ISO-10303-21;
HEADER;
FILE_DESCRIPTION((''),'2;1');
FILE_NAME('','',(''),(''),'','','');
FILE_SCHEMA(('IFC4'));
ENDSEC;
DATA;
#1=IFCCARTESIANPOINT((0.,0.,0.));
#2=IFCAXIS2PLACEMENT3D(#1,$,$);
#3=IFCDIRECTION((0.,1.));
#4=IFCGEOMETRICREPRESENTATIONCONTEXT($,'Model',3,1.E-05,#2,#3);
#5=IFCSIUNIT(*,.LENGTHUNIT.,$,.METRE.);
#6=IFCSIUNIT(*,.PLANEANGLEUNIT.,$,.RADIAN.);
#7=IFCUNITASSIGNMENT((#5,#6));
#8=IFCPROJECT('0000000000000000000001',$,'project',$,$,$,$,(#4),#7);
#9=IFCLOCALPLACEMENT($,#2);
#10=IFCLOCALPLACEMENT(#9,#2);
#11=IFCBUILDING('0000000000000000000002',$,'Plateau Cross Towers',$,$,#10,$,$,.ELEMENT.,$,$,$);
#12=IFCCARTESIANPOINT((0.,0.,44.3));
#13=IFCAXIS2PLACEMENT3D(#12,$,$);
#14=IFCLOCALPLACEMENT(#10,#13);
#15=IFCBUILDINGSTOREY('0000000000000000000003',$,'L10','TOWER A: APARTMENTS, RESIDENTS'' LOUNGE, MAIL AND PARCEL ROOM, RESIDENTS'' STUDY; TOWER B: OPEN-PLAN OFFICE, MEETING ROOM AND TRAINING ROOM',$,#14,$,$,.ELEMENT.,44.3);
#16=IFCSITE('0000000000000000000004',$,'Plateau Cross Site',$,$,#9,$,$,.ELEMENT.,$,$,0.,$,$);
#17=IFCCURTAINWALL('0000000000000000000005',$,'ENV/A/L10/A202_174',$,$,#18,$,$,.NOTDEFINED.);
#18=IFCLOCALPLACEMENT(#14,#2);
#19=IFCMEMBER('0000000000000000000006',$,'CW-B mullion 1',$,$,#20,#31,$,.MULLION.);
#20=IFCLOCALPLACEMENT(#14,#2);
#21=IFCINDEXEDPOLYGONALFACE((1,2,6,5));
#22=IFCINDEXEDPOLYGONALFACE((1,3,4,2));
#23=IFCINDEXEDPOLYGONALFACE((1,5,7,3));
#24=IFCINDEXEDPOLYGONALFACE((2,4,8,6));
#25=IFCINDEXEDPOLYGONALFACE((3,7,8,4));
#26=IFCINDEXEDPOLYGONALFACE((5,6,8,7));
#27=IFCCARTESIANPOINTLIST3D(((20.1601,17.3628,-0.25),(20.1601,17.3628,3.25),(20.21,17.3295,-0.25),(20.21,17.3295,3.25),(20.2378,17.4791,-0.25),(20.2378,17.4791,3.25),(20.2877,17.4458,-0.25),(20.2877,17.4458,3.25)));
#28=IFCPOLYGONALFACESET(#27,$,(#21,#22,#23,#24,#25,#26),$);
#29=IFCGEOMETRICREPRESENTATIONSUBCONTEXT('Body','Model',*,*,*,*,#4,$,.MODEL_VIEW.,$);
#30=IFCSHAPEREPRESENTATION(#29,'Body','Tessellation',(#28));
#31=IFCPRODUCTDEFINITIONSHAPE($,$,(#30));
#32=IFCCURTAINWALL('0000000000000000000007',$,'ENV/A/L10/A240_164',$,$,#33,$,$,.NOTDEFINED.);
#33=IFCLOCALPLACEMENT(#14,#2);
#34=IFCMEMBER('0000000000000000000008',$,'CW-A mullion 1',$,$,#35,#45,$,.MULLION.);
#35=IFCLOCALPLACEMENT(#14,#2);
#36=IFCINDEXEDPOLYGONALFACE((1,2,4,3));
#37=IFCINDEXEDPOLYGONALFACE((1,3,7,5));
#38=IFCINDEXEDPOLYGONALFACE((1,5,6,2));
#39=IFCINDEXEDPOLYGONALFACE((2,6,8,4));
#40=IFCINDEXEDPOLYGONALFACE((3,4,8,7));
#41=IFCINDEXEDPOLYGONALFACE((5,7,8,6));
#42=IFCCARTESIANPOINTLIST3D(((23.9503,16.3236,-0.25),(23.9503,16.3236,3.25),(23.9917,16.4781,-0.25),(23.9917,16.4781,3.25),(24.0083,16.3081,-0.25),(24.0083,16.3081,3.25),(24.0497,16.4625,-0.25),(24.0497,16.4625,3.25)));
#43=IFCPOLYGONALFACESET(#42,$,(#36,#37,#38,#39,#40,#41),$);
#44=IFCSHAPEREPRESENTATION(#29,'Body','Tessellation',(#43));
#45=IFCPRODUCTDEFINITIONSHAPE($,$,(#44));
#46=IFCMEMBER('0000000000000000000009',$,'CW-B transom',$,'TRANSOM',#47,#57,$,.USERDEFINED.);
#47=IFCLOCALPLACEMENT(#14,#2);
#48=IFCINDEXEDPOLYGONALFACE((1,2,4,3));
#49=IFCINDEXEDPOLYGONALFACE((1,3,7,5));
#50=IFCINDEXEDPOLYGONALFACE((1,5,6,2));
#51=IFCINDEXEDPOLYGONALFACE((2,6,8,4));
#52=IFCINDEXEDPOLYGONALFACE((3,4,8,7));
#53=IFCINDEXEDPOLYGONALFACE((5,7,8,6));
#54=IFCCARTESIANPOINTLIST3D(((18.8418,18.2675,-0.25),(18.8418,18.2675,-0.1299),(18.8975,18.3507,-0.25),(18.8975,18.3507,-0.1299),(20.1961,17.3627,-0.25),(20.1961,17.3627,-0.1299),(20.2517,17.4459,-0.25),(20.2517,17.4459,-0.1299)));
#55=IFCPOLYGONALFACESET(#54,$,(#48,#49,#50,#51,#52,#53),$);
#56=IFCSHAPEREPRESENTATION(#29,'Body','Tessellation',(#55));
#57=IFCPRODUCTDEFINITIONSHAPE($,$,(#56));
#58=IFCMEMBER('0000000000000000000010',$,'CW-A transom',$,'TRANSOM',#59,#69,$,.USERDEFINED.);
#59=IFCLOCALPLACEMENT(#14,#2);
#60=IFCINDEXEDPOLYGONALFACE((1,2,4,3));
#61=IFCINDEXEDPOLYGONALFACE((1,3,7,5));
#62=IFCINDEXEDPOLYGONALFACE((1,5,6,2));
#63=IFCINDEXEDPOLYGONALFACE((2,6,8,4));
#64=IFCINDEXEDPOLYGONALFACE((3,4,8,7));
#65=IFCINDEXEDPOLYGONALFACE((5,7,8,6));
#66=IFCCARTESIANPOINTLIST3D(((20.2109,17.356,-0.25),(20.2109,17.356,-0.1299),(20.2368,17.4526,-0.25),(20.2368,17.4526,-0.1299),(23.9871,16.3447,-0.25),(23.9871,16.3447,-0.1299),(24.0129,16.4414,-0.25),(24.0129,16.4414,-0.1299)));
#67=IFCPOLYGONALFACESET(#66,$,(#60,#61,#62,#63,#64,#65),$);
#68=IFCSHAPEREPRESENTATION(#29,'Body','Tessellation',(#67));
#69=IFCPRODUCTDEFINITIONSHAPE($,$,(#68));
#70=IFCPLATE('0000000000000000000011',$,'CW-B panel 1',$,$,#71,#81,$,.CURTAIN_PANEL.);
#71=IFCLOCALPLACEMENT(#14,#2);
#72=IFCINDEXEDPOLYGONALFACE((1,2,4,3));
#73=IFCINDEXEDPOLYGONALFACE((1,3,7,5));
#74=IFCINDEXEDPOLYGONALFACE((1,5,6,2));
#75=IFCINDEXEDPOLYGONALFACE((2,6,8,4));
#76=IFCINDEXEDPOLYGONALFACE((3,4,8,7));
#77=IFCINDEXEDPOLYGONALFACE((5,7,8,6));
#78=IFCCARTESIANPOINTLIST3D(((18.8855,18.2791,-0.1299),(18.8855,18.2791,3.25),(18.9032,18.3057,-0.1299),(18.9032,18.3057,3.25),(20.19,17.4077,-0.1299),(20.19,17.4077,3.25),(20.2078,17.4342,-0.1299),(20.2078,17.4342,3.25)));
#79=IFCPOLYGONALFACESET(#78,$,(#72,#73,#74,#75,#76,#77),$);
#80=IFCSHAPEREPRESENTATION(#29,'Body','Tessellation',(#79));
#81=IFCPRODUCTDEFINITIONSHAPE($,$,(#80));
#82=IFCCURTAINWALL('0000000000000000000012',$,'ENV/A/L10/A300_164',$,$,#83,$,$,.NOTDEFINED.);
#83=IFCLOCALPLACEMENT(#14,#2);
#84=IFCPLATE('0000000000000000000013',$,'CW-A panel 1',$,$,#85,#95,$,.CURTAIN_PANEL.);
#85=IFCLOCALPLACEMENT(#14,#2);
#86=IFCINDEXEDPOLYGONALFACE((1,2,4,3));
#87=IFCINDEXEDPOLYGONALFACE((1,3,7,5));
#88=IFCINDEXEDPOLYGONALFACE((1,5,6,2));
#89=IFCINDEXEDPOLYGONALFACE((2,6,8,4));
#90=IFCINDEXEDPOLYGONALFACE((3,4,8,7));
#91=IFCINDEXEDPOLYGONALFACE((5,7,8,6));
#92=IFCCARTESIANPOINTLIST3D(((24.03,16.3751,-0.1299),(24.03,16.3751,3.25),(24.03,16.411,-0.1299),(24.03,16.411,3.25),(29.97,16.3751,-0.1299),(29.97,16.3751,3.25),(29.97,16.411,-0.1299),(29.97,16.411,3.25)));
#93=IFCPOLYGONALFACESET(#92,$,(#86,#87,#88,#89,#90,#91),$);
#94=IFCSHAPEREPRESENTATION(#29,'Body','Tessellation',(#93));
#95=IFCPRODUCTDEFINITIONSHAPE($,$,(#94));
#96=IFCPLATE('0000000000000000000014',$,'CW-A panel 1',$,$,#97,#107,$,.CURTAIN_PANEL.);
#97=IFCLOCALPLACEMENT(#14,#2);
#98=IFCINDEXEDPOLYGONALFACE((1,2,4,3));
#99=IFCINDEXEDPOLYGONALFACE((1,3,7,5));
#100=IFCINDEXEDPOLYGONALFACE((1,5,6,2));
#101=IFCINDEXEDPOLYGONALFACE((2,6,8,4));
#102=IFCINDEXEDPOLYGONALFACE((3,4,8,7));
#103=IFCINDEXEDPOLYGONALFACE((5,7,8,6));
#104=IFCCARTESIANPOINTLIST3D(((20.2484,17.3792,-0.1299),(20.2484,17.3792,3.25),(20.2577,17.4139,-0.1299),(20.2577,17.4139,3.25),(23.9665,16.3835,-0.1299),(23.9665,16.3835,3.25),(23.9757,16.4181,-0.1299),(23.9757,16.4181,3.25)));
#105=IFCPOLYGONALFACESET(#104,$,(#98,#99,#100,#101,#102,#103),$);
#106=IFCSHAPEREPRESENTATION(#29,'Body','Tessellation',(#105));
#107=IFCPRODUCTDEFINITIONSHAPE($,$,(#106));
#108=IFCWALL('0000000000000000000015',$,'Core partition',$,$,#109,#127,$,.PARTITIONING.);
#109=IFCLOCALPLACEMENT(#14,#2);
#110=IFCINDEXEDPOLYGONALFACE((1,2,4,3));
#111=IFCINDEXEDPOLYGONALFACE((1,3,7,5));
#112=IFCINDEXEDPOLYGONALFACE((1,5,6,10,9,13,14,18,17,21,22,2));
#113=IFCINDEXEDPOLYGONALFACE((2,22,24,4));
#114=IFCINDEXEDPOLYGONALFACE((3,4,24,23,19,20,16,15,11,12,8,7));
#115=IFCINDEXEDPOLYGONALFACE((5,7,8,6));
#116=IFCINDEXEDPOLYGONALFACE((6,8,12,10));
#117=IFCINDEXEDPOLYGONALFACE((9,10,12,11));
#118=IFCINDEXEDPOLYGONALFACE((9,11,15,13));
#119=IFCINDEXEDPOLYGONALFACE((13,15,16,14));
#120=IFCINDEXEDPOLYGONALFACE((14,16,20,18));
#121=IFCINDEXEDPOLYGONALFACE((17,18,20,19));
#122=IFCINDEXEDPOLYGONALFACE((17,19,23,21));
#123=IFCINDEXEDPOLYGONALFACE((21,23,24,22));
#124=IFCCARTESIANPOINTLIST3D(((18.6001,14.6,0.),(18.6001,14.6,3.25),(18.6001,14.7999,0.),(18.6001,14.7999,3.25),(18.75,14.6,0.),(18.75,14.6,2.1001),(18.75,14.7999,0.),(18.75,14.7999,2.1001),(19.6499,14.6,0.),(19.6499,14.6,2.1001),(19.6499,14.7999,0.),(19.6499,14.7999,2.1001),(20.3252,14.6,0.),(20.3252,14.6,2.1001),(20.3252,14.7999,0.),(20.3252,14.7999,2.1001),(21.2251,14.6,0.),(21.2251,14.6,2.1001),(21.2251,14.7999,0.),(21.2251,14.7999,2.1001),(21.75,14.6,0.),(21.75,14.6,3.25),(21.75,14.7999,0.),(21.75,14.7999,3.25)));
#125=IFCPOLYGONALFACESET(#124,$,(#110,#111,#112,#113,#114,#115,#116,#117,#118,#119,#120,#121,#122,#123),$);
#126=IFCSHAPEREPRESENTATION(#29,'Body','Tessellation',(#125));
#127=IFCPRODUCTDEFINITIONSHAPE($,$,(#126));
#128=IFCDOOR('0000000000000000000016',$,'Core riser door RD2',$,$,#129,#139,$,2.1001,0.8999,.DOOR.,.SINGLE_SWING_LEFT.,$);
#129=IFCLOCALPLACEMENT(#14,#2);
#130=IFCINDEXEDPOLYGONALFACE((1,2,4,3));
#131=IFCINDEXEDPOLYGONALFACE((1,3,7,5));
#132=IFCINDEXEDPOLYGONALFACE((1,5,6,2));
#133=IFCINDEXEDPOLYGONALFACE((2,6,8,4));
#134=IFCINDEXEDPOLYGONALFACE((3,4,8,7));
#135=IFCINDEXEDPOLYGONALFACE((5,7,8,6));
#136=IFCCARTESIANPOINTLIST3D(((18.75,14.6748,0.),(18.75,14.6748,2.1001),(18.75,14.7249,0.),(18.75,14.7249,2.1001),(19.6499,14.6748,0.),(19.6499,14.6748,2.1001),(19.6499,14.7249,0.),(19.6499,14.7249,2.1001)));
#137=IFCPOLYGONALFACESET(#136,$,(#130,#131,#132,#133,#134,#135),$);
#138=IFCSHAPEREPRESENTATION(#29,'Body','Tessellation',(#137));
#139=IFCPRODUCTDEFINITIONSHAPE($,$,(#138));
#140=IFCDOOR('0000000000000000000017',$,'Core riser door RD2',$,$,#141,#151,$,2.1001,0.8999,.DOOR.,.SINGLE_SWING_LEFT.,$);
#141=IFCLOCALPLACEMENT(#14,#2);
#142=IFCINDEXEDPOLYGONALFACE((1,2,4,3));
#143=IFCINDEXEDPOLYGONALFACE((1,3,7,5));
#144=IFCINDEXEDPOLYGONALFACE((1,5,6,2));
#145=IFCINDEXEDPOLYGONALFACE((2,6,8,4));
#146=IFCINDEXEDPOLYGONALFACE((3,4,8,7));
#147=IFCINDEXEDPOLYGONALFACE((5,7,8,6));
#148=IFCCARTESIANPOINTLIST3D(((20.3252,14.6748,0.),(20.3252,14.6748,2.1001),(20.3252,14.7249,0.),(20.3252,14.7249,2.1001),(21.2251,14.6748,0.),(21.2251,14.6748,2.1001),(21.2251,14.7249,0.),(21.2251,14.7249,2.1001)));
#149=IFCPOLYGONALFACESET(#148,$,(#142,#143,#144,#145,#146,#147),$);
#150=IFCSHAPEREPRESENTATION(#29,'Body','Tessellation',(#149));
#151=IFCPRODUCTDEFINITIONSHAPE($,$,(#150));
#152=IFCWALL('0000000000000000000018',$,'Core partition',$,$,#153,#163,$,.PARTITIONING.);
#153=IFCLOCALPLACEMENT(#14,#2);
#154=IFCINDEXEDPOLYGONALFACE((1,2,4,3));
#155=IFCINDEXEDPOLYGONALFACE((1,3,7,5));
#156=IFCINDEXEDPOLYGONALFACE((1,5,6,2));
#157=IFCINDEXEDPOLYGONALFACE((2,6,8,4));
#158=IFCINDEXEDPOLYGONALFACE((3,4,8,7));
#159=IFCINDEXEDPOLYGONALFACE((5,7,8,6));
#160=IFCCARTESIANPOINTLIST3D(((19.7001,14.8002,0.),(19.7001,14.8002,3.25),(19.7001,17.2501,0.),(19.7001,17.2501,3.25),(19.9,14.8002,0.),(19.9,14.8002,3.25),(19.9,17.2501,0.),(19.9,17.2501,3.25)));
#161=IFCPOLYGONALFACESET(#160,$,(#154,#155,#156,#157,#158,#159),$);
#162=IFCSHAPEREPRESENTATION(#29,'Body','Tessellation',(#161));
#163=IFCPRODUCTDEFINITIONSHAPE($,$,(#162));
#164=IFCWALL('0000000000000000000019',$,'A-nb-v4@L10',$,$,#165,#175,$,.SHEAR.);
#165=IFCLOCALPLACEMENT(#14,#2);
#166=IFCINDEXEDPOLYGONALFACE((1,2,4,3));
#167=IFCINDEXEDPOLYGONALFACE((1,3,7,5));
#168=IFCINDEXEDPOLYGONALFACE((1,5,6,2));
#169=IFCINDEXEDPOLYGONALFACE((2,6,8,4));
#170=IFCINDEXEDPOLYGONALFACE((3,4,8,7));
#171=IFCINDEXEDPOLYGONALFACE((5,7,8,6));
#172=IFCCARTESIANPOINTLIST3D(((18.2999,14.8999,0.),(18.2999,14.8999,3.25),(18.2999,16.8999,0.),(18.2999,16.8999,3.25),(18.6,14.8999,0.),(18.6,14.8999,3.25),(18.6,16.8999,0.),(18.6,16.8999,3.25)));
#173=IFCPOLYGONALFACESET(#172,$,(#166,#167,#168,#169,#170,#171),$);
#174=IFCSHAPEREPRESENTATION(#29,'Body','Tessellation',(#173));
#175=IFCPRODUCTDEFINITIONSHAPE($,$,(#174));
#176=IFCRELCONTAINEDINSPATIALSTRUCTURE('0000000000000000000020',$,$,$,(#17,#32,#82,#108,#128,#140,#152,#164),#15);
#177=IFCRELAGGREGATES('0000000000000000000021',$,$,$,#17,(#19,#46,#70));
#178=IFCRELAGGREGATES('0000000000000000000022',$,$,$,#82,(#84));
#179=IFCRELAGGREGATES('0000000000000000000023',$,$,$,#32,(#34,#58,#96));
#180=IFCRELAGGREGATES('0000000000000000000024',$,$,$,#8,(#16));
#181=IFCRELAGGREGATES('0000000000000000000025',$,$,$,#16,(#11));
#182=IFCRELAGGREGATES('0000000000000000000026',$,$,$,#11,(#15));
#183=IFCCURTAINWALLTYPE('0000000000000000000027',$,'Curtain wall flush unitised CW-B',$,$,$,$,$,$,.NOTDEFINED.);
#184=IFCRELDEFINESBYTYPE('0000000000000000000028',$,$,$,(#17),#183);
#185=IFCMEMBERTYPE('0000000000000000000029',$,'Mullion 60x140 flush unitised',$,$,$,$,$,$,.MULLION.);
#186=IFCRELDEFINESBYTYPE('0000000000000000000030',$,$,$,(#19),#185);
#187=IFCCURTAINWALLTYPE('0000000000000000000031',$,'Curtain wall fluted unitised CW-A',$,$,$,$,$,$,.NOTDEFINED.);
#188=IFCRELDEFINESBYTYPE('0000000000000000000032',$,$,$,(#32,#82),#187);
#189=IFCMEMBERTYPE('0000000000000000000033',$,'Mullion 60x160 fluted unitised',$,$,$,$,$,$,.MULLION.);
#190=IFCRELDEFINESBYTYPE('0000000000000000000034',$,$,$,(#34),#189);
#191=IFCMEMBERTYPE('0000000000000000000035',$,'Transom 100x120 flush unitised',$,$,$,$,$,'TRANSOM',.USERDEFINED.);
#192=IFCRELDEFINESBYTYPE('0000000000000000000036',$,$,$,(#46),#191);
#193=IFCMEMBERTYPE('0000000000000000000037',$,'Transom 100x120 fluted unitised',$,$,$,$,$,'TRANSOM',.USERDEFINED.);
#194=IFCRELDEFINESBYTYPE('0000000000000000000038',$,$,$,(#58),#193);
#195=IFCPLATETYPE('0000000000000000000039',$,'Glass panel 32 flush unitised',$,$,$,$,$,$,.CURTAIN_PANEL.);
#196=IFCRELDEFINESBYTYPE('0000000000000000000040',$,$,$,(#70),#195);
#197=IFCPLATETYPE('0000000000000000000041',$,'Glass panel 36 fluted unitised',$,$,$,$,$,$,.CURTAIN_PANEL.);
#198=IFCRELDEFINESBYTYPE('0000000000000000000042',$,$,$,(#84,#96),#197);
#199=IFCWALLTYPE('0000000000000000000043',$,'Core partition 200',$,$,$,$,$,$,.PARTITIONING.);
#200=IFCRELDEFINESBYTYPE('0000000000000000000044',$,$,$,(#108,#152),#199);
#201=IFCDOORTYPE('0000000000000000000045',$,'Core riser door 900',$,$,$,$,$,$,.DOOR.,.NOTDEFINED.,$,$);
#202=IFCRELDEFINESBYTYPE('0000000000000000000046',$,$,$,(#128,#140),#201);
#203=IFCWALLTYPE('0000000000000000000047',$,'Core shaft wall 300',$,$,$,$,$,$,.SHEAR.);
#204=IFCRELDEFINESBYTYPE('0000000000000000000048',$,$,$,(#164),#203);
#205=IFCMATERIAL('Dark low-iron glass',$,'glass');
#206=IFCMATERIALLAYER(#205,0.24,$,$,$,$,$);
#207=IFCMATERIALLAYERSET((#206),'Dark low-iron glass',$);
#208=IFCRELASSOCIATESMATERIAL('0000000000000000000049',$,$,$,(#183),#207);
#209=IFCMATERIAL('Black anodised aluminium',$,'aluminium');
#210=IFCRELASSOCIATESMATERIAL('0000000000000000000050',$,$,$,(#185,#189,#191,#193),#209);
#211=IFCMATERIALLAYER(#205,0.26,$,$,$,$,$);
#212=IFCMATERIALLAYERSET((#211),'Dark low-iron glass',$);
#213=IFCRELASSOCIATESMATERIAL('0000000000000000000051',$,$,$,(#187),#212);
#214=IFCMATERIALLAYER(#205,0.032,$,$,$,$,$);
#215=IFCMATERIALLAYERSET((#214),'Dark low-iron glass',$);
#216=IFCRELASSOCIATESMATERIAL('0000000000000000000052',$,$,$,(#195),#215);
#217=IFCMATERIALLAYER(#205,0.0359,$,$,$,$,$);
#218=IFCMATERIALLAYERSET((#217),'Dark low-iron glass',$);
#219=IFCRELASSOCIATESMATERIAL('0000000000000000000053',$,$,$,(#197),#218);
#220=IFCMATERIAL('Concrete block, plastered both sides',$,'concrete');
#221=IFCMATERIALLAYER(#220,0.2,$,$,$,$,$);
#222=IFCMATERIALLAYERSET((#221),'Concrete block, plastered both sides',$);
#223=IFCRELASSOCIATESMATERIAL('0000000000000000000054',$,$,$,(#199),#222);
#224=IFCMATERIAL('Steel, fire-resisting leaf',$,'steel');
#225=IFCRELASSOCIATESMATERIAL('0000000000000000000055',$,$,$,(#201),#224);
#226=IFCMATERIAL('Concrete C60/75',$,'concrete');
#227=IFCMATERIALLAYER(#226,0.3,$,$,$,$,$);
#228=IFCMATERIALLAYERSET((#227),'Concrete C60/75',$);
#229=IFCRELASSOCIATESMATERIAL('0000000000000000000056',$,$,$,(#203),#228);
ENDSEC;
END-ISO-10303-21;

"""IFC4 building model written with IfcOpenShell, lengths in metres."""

from ifc_helpers import new_model, si_unit, direction, frame, frame_2d, origin, origin_2d, place, context, subcontext, project, spatial, rectangle, extrude, material, layer, layer_set, material_profile, profile_set, type_object, element, fill, aggregate, save


model = new_model("IFC4")

# Units and contexts
model_context = context("Model", 3, precision=1e-05, world=origin(), true_north=direction((0.0, 1.0)))
body_context = subcontext(model_context, "Body", "Model", "MODEL_VIEW")
ifc_project = project(units=[si_unit("LENGTHUNIT", "METRE"), si_unit("PLANEANGLEUNIT", "RADIAN")], contexts=[model_context])

# Site, building, storey
site_placement = place(None, origin())
site = spatial("IfcSite", under=ifc_project, at=site_placement, Name="Plateau Cross Site", CompositionType="ELEMENT", RefElevation=0.0)
building_placement = place(site_placement, origin())
building = spatial("IfcBuilding", under=site, at=building_placement, Name="Plateau Cross Towers", CompositionType="ELEMENT")
storey_placement = place(building_placement, frame((0.0, 0.0, 44.3)))
storey = spatial("IfcBuildingStorey", under=building, at=storey_placement, Name="L10", Description="TOWER A: APARTMENTS, RESIDENTS' LOUNGE, MAIL AND PARCEL ROOM, RESIDENTS' STUDY; TOWER B: OPEN-PLAN OFFICE, MEETING ROOM AND TRAINING ROOM", CompositionType="ELEMENT", Elevation=44.3)

# Curtain walls, members
ifc_material_1 = material(Name="Dark low-iron glass", Category="glass")
ifc_layer_1 = layer(ifc_material_1, 0.24)
ifc_layer_set_1 = layer_set([ifc_layer_1], Name="Dark low-iron glass")
curtain_wall_type_1 = type_object("IfcCurtainWallType", Name="Curtain wall flush unitised CW-B", PredefinedType="NOTDEFINED", material=ifc_layer_set_1)
curtain_wall_1_placement = place(storey_placement, origin())
curtain_wall_1 = element("IfcCurtainWall", 1, at=curtain_wall_1_placement, inside=storey, type_object=curtain_wall_type_1, Name="ENV/A/L10/A202_174", PredefinedType="NOTDEFINED")
ifc_material_2 = material(Name="Black anodised aluminium", Category="aluminium")
ifc_material_profile_1 = material_profile(ifc_material_2, rectangle(XDim=0.0601, YDim=0.1399, at=origin_2d()), Name="MULLION 60x140")
ifc_profile_set_1 = profile_set([ifc_material_profile_1], Name="Black anodised aluminium")
member_type_1 = type_object("IfcMemberType", Name="Mullion 60x140 flush unitised", PredefinedType="MULLION", material=ifc_profile_set_1)
member_1_placement = place(storey_placement, frame((20.2239, 17.4043, -0.25), z_axis=(0.0, 0.0, 1.0), x_axis=(-0.831521, 0.555493, 0.0)))
member_1 = element("IfcMember", 2, at=member_1_placement, type_object=member_type_1, Name="CW-B mullion 1", PredefinedType="MULLION", context=body_context, shape_type="SweptSolid", body=[
    extrude(rectangle(XDim=0.0601, YDim=0.1399, at=origin_2d()), origin(), (0.0, 0.0, 1.0), 3.5),
])
ifc_layer_2 = layer(ifc_material_1, 0.26)
ifc_layer_set_2 = layer_set([ifc_layer_2], Name="Dark low-iron glass")
curtain_wall_type_2 = type_object("IfcCurtainWallType", Name="Curtain wall fluted unitised CW-A", PredefinedType="NOTDEFINED", material=ifc_layer_set_2)
curtain_wall_2_placement = place(storey_placement, origin())
curtain_wall_2 = element("IfcCurtainWall", 3, at=curtain_wall_2_placement, inside=storey, type_object=curtain_wall_type_2, Name="ENV/A/L10/A240_164", PredefinedType="NOTDEFINED")
ifc_material_profile_2 = material_profile(ifc_material_2, rectangle(XDim=0.0601, YDim=0.1599, at=origin_2d()), Name="MULLION 60x160")
ifc_profile_set_2 = profile_set([ifc_material_profile_2], Name="Black anodised aluminium")
member_type_2 = type_object("IfcMemberType", Name="Mullion 60x160 fluted unitised", PredefinedType="MULLION", material=ifc_profile_set_2)
member_2_placement = place(storey_placement, frame((24.0, 16.3931, -0.25), z_axis=(0.0, 0.0, 1.0), x_axis=(-0.965958, 0.258699, 0.0)))
member_2 = element("IfcMember", 4, at=member_2_placement, type_object=member_type_2, Name="CW-A mullion 1", PredefinedType="MULLION", context=body_context, shape_type="SweptSolid", body=[
    extrude(rectangle(XDim=0.0601, YDim=0.1599, at=origin_2d()), origin(), (0.0, 0.0, 1.0), 3.5),
])

# Members
ifc_material_profile_3 = material_profile(ifc_material_2, rectangle(XDim=0.1001, YDim=0.1201, at=origin_2d()), Name="TRANSOM 100x120")
ifc_profile_set_3 = profile_set([ifc_material_profile_3], Name="Black anodised aluminium")
member_type_3 = type_object("IfcMemberType", Name="Transom 100x120 flush unitised", ElementType="TRANSOM", PredefinedType="USERDEFINED", material=ifc_profile_set_3)
member_3_placement = place(storey_placement, frame((20.2239, 17.4043, -0.1899), z_axis=(-0.831496, 0.55553, 0.0), x_axis=(-0.55553, -0.831496, 0.0)))
member_3 = element("IfcMember", 5, at=member_3_placement, type_object=member_type_3, Name="CW-B transom", ObjectType="TRANSOM", PredefinedType="USERDEFINED", context=body_context, shape_type="SweptSolid", body=[
    extrude(rectangle(XDim=0.1001, YDim=0.1201, at=origin_2d()), origin(), (0.0, 0.0, 1.0), 1.6287),
])
ifc_material_profile_4 = material_profile(ifc_material_2, rectangle(XDim=0.1001, YDim=0.1201, at=origin_2d()), Name="TRANSOM 100x120")
ifc_profile_set_4 = profile_set([ifc_material_profile_4], Name="Black anodised aluminium")
member_type_4 = type_object("IfcMemberType", Name="Transom 100x120 fluted unitised", ElementType="TRANSOM", PredefinedType="USERDEFINED", material=ifc_profile_set_4)
member_4_placement = place(storey_placement, frame((24.0, 16.3931, -0.1899), z_axis=(-0.965963, 0.258681, 0.0), x_axis=(-0.258681, -0.965963, 0.0)))
member_4 = element("IfcMember", 6, at=member_4_placement, type_object=member_type_4, Name="CW-A transom", ObjectType="TRANSOM", PredefinedType="USERDEFINED", context=body_context, shape_type="SweptSolid", body=[
    extrude(rectangle(XDim=0.1001, YDim=0.1201, at=origin_2d()), origin(), (0.0, 0.0, 1.0), 3.9092),
])

# Plate
ifc_layer_3 = layer(ifc_material_1, 0.032)
ifc_layer_set_3 = layer_set([ifc_layer_3], Name="Dark low-iron glass")
plate_type_1 = type_object("IfcPlateType", Name="Glass panel 32 flush unitised", PredefinedType="CURTAIN_PANEL", material=ifc_layer_set_3)
plate_1_placement = place(storey_placement, frame((19.5466, 17.8567, -0.1299), z_axis=(0.0, 0.0, 1.0), x_axis=(-0.831521, 0.555493, 0.0)))
plate_1 = element("IfcPlate", 7, at=plate_1_placement, type_object=plate_type_1, Name="CW-B panel 1", PredefinedType="CURTAIN_PANEL", context=body_context, shape_type="SweptSolid", body=[
    extrude(rectangle(XDim=1.5688, YDim=0.032, at=origin_2d()), origin(), (0.0, 0.0, 1.0), 3.3799),
])
aggregate(curtain_wall_1, [member_1, member_3, plate_1])

# Curtain wall, plate
curtain_wall_3_placement = place(storey_placement, origin())
curtain_wall_3 = element("IfcCurtainWall", 8, at=curtain_wall_3_placement, inside=storey, type_object=curtain_wall_type_2, Name="ENV/A/L10/A300_164", PredefinedType="NOTDEFINED")
ifc_layer_4 = layer(ifc_material_1, 0.0359)
ifc_layer_set_4 = layer_set([ifc_layer_4], Name="Dark low-iron glass")
plate_type_2 = type_object("IfcPlateType", Name="Glass panel 36 fluted unitised", PredefinedType="CURTAIN_PANEL", material=ifc_layer_set_4)
plate_2_placement = place(storey_placement, frame((27.0, 16.3931, -0.1299), z_axis=(0.0, 0.0, 1.0), x_axis=(-1.0, 0.0, 0.0)))
plate_2 = element("IfcPlate", 9, at=plate_2_placement, type_object=plate_type_2, Name="CW-A panel 1", PredefinedType="CURTAIN_PANEL", context=body_context, shape_type="SweptSolid", body=[
    extrude(rectangle(XDim=5.9399, YDim=0.0359, at=origin_2d()), origin(), (0.0, 0.0, 1.0), 3.3799),
])
aggregate(curtain_wall_3, [plate_2])

# Plate
plate_3_placement = place(storey_placement, frame((22.1121, 16.8987, -0.1299), z_axis=(0.0, 0.0, 1.0), x_axis=(-0.965958, 0.258699, 0.0)))
plate_3 = element("IfcPlate", 10, at=plate_3_placement, type_object=plate_type_2, Name="CW-A panel 1", PredefinedType="CURTAIN_PANEL", context=body_context, shape_type="SweptSolid", body=[
    extrude(rectangle(XDim=3.8491, YDim=0.0359, at=origin_2d()), origin(), (0.0, 0.0, 1.0), 3.3799),
])
aggregate(curtain_wall_2, [member_2, member_4, plate_3])

# Wall, openings, doors
ifc_material_3 = material(Name="Concrete block, plastered both sides", Category="concrete")
ifc_layer_5 = layer(ifc_material_3, 0.2)
ifc_layer_set_5 = layer_set([ifc_layer_5], Name="Concrete block, plastered both sides")
wall_type_1 = type_object("IfcWallType", Name="Core partition 200", PredefinedType="PARTITIONING", material=ifc_layer_set_5)
wall_1_placement = place(storey_placement, frame((18.6001, 14.7, 0.0), z_axis=(0.0, 0.0, 1.0), x_axis=(1.0, 0.0, 0.0)))
wall_1 = element("IfcWall", 11, at=wall_1_placement, inside=storey, type_object=wall_type_1, Name="Core partition", PredefinedType="PARTITIONING", context=body_context, shape_type="SweptSolid", body=[
    extrude(rectangle(XDim=3.1499, YDim=0.2, at=frame_2d((1.575, 0.0))), origin(), (0.0, 0.0, 1.0), 3.25),
])
opening_1_placement = place(wall_1_placement, frame((0.1499, 0.0, 0.0)))
opening_1 = element("IfcOpeningElement", 12, at=opening_1_placement, cuts=wall_1, PredefinedType="OPENING", context=body_context, shape_type="SweptSolid", body=[
    extrude(rectangle(XDim=0.8999, YDim=2.1001, at=frame_2d((0.45, 1.05))), frame((0.0, 0.1099, 0.0), z_axis=(0.0, -1.0, 0.0), x_axis=(1.0, 0.0, 0.0)), (0.0, 0.0, 1.0), 0.22),
])
opening_2_placement = place(wall_1_placement, frame((1.7251, 0.0, 0.0)))
opening_2 = element("IfcOpeningElement", 13, at=opening_2_placement, cuts=wall_1, PredefinedType="OPENING", context=body_context, shape_type="SweptSolid", body=[
    extrude(rectangle(XDim=0.8999, YDim=2.1001, at=frame_2d((0.45, 1.05))), frame((0.0, 0.1099, 0.0), z_axis=(0.0, -1.0, 0.0), x_axis=(1.0, 0.0, 0.0)), (0.0, 0.0, 1.0), 0.22),
])
ifc_material_4 = material(Name="Steel, fire-resisting leaf", Category="steel")
door_type_1 = type_object("IfcDoorType", Name="Core riser door 900", OperationType="NOTDEFINED", PredefinedType="DOOR", material=ifc_material_4)
door_1_placement = place(opening_1_placement, origin())
door_1 = element("IfcDoor", 14, at=door_1_placement, inside=storey, type_object=door_type_1, Name="Core riser door RD2", OperationType="SINGLE_SWING_LEFT", OverallHeight=2.1001, OverallWidth=0.8999, PredefinedType="DOOR", context=body_context, shape_type="SweptSolid", body=[
    extrude(rectangle(XDim=0.8999, YDim=2.1001, at=frame_2d((0.45, 1.05))), frame((0.0, 0.0249, 0.0), z_axis=(0.0, -1.0, 0.0), x_axis=(1.0, 0.0, 0.0)), (0.0, 0.0, 1.0), 0.05),
])
fill(opening_1, door_1)
door_2_placement = place(opening_2_placement, origin())
door_2 = element("IfcDoor", 15, at=door_2_placement, inside=storey, type_object=door_type_1, Name="Core riser door RD2", OperationType="SINGLE_SWING_LEFT", OverallHeight=2.1001, OverallWidth=0.8999, PredefinedType="DOOR", context=body_context, shape_type="SweptSolid", body=[
    extrude(rectangle(XDim=0.8999, YDim=2.1001, at=frame_2d((0.45, 1.05))), frame((0.0, 0.0249, 0.0), z_axis=(0.0, -1.0, 0.0), x_axis=(1.0, 0.0, 0.0)), (0.0, 0.0, 1.0), 0.05),
])
fill(opening_2, door_2)

# Walls
wall_2_placement = place(storey_placement, frame((19.8, 14.8, 0.0), z_axis=(0.0, 0.0, 1.0), x_axis=(0.0, 1.0, 0.0)))
element("IfcWall", 16, at=wall_2_placement, inside=storey, type_object=wall_type_1, Name="Core partition", PredefinedType="PARTITIONING", context=body_context, shape_type="SweptSolid", body=[
    extrude(rectangle(XDim=2.45, YDim=0.2, at=frame_2d((1.2251, 0.0))), origin(), (0.0, 0.0, 1.0), 3.25),
])
ifc_material_5 = material(Name="Concrete C60/75", Category="concrete")
ifc_layer_6 = layer(ifc_material_5, 0.3)
ifc_layer_set_6 = layer_set([ifc_layer_6], Name="Concrete C60/75")
wall_type_2 = type_object("IfcWallType", Name="Core shaft wall 300", PredefinedType="SHEAR", material=ifc_layer_set_6)
wall_3_placement = place(storey_placement, frame((18.45, 14.8999, 0.0), z_axis=(0.0, 0.0, 1.0), x_axis=(0.0, 1.0, 0.0)))
element("IfcWall", 17, at=wall_3_placement, inside=storey, type_object=wall_type_2, Name="A-nb-v4@L10", PredefinedType="SHEAR", context=body_context, shape_type="SweptSolid", body=[
    extrude(rectangle(XDim=2.0, YDim=0.3, at=frame_2d((1.0, 0.0))), origin(), (0.0, 0.0, 1.0), 3.25),
])

save(model, "model.ifc")
